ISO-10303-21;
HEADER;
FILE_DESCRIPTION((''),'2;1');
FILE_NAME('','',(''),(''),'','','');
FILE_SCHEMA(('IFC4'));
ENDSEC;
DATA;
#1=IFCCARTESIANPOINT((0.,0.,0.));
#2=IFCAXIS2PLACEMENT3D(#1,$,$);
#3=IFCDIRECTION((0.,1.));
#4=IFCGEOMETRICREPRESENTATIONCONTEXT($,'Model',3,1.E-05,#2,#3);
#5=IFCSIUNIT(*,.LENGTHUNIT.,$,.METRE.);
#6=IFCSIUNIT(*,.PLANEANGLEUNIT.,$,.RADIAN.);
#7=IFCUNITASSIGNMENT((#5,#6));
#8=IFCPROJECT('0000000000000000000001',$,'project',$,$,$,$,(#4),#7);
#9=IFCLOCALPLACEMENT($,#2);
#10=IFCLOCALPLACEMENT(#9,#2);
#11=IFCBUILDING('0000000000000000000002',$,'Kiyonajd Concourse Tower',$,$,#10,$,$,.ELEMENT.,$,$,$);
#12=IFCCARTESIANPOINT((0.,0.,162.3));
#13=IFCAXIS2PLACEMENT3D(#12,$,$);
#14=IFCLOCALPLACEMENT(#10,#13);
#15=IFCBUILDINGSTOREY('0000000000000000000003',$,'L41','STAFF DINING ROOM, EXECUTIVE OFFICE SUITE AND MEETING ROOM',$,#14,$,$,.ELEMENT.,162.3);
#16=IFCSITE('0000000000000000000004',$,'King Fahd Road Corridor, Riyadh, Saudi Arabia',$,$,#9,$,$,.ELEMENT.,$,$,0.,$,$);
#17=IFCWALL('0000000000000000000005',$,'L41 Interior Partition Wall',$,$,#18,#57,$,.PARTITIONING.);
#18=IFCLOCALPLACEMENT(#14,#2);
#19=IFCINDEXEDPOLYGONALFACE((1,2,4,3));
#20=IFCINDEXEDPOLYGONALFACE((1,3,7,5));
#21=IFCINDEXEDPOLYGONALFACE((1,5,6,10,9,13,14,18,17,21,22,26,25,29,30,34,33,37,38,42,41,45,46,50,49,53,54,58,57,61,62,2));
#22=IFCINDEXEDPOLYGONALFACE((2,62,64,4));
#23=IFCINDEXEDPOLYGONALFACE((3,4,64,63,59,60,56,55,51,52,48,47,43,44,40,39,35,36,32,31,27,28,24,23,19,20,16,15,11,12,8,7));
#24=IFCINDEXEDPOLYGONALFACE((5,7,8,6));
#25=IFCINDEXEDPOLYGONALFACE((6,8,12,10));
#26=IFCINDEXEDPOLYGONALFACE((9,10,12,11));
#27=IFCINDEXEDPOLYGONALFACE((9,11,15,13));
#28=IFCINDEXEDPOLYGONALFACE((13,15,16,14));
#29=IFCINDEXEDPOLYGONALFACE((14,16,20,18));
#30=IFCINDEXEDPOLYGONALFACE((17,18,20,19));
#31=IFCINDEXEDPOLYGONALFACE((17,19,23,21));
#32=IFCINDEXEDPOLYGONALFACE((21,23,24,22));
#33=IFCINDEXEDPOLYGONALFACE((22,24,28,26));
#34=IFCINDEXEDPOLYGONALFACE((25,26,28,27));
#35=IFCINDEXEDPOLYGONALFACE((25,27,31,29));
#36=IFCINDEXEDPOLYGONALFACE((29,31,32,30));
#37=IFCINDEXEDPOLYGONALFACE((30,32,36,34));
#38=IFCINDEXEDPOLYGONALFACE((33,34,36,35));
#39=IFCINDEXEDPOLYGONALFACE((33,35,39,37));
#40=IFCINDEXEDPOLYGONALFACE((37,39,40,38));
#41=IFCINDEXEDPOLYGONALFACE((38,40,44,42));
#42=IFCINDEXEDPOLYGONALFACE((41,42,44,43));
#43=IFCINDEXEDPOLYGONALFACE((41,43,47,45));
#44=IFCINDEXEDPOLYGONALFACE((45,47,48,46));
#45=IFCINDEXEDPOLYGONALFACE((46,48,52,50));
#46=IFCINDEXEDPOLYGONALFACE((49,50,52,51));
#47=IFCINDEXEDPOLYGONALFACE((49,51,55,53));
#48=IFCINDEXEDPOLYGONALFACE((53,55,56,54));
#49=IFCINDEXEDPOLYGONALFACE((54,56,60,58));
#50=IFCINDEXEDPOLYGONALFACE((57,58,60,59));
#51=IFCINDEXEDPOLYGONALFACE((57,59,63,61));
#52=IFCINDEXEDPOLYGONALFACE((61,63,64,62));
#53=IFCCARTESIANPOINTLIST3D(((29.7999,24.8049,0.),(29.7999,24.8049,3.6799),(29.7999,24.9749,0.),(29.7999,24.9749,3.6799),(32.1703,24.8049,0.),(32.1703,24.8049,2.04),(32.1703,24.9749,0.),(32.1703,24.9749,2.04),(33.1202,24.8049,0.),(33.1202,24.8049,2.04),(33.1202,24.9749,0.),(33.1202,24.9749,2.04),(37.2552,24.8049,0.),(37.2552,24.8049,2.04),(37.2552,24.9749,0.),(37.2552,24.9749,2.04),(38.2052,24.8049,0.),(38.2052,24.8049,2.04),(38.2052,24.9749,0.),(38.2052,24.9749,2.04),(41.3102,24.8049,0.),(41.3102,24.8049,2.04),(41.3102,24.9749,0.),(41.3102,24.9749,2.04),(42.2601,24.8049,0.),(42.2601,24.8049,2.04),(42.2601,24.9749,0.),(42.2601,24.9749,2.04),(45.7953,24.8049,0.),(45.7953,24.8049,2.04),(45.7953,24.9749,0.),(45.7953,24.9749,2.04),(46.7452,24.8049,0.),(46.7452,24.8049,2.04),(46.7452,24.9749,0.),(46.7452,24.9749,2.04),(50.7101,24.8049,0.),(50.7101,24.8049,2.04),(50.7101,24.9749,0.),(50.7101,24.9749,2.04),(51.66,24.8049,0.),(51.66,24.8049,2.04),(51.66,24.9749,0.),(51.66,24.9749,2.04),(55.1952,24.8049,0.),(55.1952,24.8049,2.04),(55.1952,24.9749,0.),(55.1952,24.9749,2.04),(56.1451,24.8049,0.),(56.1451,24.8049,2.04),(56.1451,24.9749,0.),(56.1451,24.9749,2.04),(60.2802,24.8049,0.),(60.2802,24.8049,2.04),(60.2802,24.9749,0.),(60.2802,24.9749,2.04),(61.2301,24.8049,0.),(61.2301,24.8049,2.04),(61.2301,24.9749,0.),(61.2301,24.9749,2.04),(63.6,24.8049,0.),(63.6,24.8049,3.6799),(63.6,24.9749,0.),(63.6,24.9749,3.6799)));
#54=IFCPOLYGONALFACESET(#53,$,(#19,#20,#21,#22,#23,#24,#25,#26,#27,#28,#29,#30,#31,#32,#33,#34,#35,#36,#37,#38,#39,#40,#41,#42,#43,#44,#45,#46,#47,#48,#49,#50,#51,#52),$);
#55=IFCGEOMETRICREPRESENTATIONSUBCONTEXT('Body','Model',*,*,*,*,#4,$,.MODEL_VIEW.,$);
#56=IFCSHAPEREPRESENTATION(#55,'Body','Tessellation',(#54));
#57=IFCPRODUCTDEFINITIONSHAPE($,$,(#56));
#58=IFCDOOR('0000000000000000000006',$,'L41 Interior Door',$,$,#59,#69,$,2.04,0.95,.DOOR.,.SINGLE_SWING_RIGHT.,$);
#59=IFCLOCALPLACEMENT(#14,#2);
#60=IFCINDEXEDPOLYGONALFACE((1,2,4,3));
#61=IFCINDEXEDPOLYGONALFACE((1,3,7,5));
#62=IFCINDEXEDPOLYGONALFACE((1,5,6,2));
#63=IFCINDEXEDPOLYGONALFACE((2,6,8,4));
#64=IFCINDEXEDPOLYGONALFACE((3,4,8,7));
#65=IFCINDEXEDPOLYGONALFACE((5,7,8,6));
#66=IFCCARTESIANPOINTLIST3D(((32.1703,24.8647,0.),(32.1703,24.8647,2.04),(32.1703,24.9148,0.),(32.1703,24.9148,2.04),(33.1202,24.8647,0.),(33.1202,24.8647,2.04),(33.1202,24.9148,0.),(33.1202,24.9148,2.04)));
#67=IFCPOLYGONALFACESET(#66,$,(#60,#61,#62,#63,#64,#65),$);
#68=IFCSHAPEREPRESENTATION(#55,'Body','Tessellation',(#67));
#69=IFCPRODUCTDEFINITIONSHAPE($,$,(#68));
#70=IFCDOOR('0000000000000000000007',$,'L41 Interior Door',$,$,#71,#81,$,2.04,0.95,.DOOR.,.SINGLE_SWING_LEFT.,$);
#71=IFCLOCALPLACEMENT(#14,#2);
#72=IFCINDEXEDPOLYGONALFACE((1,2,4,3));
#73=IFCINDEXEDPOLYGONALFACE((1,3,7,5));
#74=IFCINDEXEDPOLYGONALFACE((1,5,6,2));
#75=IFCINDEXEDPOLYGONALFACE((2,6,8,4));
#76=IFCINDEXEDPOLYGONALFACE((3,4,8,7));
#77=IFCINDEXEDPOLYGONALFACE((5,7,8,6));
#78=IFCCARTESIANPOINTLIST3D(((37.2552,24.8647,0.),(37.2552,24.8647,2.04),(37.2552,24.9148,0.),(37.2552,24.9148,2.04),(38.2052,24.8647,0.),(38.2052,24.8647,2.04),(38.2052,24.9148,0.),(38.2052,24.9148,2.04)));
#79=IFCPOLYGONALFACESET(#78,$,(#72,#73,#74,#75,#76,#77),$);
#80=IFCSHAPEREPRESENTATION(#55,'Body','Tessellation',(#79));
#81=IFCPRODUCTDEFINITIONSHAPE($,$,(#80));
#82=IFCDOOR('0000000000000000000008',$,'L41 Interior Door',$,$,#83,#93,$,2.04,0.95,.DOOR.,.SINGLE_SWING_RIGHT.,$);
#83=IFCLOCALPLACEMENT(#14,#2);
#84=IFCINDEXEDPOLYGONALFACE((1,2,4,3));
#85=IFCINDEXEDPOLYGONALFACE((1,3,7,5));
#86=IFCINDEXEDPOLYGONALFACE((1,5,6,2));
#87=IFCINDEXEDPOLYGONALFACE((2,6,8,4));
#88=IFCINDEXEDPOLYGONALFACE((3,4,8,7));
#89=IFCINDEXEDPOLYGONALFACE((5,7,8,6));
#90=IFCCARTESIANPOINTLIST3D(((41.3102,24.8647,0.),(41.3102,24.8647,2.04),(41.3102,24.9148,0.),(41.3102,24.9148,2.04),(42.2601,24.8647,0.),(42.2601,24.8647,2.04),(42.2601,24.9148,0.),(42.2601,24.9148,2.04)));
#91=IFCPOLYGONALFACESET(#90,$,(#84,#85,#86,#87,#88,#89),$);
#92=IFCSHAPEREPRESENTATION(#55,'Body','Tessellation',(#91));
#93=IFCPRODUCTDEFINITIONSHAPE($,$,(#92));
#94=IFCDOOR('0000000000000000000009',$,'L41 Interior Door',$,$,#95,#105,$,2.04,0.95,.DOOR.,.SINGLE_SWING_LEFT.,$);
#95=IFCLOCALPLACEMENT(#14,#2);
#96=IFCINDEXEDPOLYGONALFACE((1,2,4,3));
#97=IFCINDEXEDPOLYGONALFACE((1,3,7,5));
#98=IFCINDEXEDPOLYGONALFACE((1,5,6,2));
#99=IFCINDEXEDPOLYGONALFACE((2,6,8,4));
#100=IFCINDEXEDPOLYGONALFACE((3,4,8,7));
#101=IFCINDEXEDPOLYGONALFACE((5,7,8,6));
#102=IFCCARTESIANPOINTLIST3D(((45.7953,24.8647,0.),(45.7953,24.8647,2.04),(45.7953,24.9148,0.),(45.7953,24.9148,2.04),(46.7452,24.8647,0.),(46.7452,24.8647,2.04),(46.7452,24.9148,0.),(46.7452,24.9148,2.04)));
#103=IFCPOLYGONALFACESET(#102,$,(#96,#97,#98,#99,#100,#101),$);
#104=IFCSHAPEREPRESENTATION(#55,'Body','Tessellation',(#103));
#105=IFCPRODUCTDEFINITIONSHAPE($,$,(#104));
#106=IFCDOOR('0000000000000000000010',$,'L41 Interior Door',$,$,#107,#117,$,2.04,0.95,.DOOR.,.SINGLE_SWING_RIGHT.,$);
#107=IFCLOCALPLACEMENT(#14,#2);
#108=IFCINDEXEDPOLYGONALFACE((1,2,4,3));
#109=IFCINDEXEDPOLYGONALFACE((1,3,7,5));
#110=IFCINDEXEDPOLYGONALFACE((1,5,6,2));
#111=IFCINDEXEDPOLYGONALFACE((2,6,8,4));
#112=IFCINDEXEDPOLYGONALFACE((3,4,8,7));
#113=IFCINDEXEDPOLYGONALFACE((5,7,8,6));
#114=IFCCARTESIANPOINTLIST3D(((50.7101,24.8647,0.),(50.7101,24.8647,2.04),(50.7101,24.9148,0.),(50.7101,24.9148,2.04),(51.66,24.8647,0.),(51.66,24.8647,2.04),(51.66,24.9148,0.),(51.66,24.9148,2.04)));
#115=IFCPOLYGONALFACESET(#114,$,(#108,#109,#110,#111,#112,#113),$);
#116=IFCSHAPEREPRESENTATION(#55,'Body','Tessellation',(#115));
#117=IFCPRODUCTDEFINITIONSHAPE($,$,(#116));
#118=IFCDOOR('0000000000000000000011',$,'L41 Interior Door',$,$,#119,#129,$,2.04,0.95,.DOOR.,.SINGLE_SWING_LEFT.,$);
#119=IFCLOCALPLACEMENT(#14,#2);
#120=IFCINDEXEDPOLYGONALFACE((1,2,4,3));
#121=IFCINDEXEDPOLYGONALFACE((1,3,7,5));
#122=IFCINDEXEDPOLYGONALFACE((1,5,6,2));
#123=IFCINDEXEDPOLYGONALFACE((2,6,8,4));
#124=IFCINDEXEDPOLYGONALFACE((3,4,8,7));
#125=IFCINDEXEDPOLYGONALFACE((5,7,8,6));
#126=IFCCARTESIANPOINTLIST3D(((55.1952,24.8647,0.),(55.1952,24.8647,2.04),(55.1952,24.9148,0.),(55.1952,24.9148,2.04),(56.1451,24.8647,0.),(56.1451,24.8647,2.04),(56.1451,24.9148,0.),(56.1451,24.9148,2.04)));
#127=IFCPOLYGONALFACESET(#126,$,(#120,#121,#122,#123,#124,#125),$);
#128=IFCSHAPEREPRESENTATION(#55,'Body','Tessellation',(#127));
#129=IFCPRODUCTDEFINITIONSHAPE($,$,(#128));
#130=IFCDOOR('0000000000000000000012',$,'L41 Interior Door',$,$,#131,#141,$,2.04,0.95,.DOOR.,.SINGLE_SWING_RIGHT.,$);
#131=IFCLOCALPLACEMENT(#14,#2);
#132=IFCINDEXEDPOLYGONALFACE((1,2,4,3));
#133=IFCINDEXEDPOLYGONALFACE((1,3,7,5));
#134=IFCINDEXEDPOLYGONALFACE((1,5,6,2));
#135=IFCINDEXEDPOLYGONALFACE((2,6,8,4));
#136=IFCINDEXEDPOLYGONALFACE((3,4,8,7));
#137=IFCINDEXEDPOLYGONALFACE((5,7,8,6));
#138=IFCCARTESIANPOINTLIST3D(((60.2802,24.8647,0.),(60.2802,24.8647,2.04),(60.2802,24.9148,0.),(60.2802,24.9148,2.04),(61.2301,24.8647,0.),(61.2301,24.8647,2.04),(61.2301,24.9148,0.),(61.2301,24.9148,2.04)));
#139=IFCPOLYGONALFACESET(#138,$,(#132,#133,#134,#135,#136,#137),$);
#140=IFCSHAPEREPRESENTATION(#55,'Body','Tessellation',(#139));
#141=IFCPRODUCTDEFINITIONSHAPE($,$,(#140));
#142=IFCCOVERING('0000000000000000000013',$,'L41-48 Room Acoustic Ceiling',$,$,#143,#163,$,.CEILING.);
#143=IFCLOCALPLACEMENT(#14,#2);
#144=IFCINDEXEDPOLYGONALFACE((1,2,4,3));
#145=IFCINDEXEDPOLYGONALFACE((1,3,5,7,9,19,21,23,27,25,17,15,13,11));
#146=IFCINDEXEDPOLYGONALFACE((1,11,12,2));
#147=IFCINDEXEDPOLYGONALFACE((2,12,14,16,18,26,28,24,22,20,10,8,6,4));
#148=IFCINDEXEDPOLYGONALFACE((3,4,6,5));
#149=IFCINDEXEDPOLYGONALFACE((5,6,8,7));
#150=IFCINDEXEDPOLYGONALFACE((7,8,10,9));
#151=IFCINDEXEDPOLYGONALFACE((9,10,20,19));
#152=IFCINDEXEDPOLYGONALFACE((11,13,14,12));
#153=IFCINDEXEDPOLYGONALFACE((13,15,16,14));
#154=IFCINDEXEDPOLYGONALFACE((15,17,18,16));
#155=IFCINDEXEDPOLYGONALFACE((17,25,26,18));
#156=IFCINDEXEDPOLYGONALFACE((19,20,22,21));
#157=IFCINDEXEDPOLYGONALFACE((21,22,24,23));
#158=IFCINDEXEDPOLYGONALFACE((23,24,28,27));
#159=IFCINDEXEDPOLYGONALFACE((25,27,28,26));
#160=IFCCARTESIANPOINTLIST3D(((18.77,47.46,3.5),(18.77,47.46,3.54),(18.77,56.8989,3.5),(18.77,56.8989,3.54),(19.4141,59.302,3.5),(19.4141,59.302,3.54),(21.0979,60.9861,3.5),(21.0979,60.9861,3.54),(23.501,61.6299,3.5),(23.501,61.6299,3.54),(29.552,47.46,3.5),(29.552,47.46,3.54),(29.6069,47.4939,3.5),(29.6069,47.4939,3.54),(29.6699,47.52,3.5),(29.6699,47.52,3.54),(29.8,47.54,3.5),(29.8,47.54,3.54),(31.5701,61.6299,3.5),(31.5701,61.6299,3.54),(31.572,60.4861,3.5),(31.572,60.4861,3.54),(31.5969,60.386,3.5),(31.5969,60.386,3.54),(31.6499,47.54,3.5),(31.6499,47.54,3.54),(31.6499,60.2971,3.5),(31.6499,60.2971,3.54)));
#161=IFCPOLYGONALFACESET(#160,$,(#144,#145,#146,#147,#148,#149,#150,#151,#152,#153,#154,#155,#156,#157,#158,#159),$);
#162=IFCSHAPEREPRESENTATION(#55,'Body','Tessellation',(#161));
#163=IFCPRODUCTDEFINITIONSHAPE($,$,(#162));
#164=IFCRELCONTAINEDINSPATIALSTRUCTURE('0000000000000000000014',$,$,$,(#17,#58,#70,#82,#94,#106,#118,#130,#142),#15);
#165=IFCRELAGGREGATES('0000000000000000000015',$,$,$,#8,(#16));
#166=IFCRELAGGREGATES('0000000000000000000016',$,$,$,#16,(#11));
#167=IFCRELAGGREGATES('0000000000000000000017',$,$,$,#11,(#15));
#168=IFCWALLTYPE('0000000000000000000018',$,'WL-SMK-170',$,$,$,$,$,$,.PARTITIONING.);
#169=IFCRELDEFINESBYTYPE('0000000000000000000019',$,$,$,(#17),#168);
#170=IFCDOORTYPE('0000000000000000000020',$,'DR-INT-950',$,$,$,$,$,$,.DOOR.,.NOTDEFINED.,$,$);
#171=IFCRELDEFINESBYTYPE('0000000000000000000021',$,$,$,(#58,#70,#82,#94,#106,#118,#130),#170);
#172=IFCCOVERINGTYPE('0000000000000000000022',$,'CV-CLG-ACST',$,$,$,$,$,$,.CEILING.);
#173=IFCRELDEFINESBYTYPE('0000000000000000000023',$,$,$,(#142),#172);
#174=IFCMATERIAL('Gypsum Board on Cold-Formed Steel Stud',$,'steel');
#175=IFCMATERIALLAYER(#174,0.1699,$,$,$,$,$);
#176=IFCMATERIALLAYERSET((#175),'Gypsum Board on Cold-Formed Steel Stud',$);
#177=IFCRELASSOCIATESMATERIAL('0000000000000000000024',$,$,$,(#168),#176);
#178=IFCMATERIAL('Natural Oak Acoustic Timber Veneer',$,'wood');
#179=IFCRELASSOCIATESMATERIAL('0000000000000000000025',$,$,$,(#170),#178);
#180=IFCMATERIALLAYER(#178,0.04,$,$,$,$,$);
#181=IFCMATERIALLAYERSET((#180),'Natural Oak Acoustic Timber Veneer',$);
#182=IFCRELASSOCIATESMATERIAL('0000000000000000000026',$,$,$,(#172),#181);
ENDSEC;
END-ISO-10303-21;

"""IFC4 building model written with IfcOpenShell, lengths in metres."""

from ifc_helpers import new_model, si_unit, direction, frame, frame_2d, origin, place, context, subcontext, project, spatial, polyline, rectangle, outline, extrude, material, layer, layer_set, type_object, element, fill, save


model = new_model("IFC4")

# Units and contexts
model_context = context("Model", 3, precision=1e-05, world=origin(), true_north=direction((0.0, 1.0)))
body_context = subcontext(model_context, "Body", "Model", "MODEL_VIEW")
ifc_project = project(units=[si_unit("LENGTHUNIT", "METRE"), si_unit("PLANEANGLEUNIT", "RADIAN")], contexts=[model_context])

# Site, building, storey
site_placement = place(None, origin())
site = spatial("IfcSite", under=ifc_project, at=site_placement, Name="King Fahd Road Corridor, Riyadh, Saudi Arabia", CompositionType="ELEMENT", RefElevation=0.0)
building_placement = place(site_placement, origin())
building = spatial("IfcBuilding", under=site, at=building_placement, Name="Kiyonajd Concourse Tower", CompositionType="ELEMENT")
storey_placement = place(building_placement, frame((0.0, 0.0, 162.3)))
storey = spatial("IfcBuildingStorey", under=building, at=storey_placement, Name="L41", Description="STAFF DINING ROOM, EXECUTIVE OFFICE SUITE AND MEETING ROOM", CompositionType="ELEMENT", Elevation=162.3)

# Wall, openings, doors
ifc_material_1 = material(Name="Gypsum Board on Cold-Formed Steel Stud", Category="steel")
ifc_layer_1 = layer(ifc_material_1, 0.1699)
ifc_layer_set_1 = layer_set([ifc_layer_1], Name="Gypsum Board on Cold-Formed Steel Stud")
wall_type_1 = type_object("IfcWallType", Name="WL-SMK-170", PredefinedType="PARTITIONING", material=ifc_layer_set_1)
wall_1_placement = place(storey_placement, frame((29.8, 24.8899, 0.0), z_axis=(0.0, 0.0, 1.0), x_axis=(1.0, 0.0, 0.0)))
wall_1 = element("IfcWall", 1, at=wall_1_placement, inside=storey, type_object=wall_type_1, Name="L41 Interior Partition Wall", PredefinedType="PARTITIONING", context=body_context, shape_type="SweptSolid", body=[
    extrude(rectangle(XDim=33.8, YDim=0.1699, at=frame_2d((16.8999, 0.0))), origin(), (0.0, 0.0, 1.0), 3.6799),
])
opening_1_placement = place(wall_1_placement, frame((2.3701, 0.0, 0.0)))
opening_1 = element("IfcOpeningElement", 2, at=opening_1_placement, cuts=wall_1, PredefinedType="OPENING", context=body_context, shape_type="SweptSolid", body=[
    extrude(rectangle(XDim=0.95, YDim=2.04, at=frame_2d((0.4751, 1.02))), frame((0.0, 0.095, 0.0), z_axis=(0.0, -1.0, 0.0), x_axis=(1.0, 0.0, 0.0)), (0.0, 0.0, 1.0), 0.1899),
])
opening_2_placement = place(wall_1_placement, frame((7.4551, 0.0, 0.0)))
opening_2 = element("IfcOpeningElement", 3, at=opening_2_placement, cuts=wall_1, PredefinedType="OPENING", context=body_context, shape_type="SweptSolid", body=[
    extrude(rectangle(XDim=0.95, YDim=2.04, at=frame_2d((0.4751, 1.02))), frame((0.0, 0.095, 0.0), z_axis=(0.0, -1.0, 0.0), x_axis=(1.0, 0.0, 0.0)), (0.0, 0.0, 1.0), 0.1899),
])
opening_3_placement = place(wall_1_placement, frame((11.51, 0.0, 0.0)))
opening_3 = element("IfcOpeningElement", 4, at=opening_3_placement, cuts=wall_1, PredefinedType="OPENING", context=body_context, shape_type="SweptSolid", body=[
    extrude(rectangle(XDim=0.95, YDim=2.04, at=frame_2d((0.4751, 1.02))), frame((0.0, 0.095, 0.0), z_axis=(0.0, -1.0, 0.0), x_axis=(1.0, 0.0, 0.0)), (0.0, 0.0, 1.0), 0.1899),
])
opening_4_placement = place(wall_1_placement, frame((15.9951, 0.0, 0.0)))
opening_4 = element("IfcOpeningElement", 5, at=opening_4_placement, cuts=wall_1, PredefinedType="OPENING", context=body_context, shape_type="SweptSolid", body=[
    extrude(rectangle(XDim=0.95, YDim=2.04, at=frame_2d((0.4751, 1.02))), frame((0.0, 0.095, 0.0), z_axis=(0.0, -1.0, 0.0), x_axis=(1.0, 0.0, 0.0)), (0.0, 0.0, 1.0), 0.1899),
])
opening_5_placement = place(wall_1_placement, frame((20.9099, 0.0, 0.0)))
opening_5 = element("IfcOpeningElement", 6, at=opening_5_placement, cuts=wall_1, PredefinedType="OPENING", context=body_context, shape_type="SweptSolid", body=[
    extrude(rectangle(XDim=0.95, YDim=2.04, at=frame_2d((0.4751, 1.02))), frame((0.0, 0.095, 0.0), z_axis=(0.0, -1.0, 0.0), x_axis=(1.0, 0.0, 0.0)), (0.0, 0.0, 1.0), 0.1899),
])
opening_6_placement = place(wall_1_placement, frame((25.395, 0.0, 0.0)))
opening_6 = element("IfcOpeningElement", 7, at=opening_6_placement, cuts=wall_1, PredefinedType="OPENING", context=body_context, shape_type="SweptSolid", body=[
    extrude(rectangle(XDim=0.95, YDim=2.04, at=frame_2d((0.4751, 1.02))), frame((0.0, 0.095, 0.0), z_axis=(0.0, -1.0, 0.0), x_axis=(1.0, 0.0, 0.0)), (0.0, 0.0, 1.0), 0.1899),
])
opening_7_placement = place(wall_1_placement, frame((30.48, 0.0, 0.0)))
opening_7 = element("IfcOpeningElement", 8, at=opening_7_placement, cuts=wall_1, PredefinedType="OPENING", context=body_context, shape_type="SweptSolid", body=[
    extrude(rectangle(XDim=0.95, YDim=2.04, at=frame_2d((0.4751, 1.02))), frame((0.0, 0.095, 0.0), z_axis=(0.0, -1.0, 0.0), x_axis=(1.0, 0.0, 0.0)), (0.0, 0.0, 1.0), 0.1899),
])
ifc_material_2 = material(Name="Natural Oak Acoustic Timber Veneer", Category="wood")
door_type = type_object("IfcDoorType", Name="DR-INT-950", OperationType="NOTDEFINED", PredefinedType="DOOR", material=ifc_material_2)
door_1_placement = place(opening_1_placement, origin())
door_1 = element("IfcDoor", 9, at=door_1_placement, inside=storey, type_object=door_type, Name="L41 Interior Door", OperationType="SINGLE_SWING_RIGHT", OverallHeight=2.04, OverallWidth=0.95, PredefinedType="DOOR", context=body_context, shape_type="SweptSolid", body=[
    extrude(rectangle(XDim=0.95, YDim=2.04, at=frame_2d((0.4751, 1.02))), frame((0.0, 0.0249, 0.0), z_axis=(0.0, -1.0, 0.0), x_axis=(1.0, 0.0, 0.0)), (0.0, 0.0, 1.0), 0.05),
])
fill(opening_1, door_1)
door_2_placement = place(opening_2_placement, origin())
door_2 = element("IfcDoor", 10, at=door_2_placement, inside=storey, type_object=door_type, Name="L41 Interior Door", OperationType="SINGLE_SWING_LEFT", OverallHeight=2.04, OverallWidth=0.95, PredefinedType="DOOR", context=body_context, shape_type="SweptSolid", body=[
    extrude(rectangle(XDim=0.95, YDim=2.04, at=frame_2d((0.4751, 1.02))), frame((0.0, 0.0249, 0.0), z_axis=(0.0, -1.0, 0.0), x_axis=(1.0, 0.0, 0.0)), (0.0, 0.0, 1.0), 0.05),
])
fill(opening_2, door_2)
door_3_placement = place(opening_3_placement, origin())
door_3 = element("IfcDoor", 11, at=door_3_placement, inside=storey, type_object=door_type, Name="L41 Interior Door", OperationType="SINGLE_SWING_RIGHT", OverallHeight=2.04, OverallWidth=0.95, PredefinedType="DOOR", context=body_context, shape_type="SweptSolid", body=[
    extrude(rectangle(XDim=0.95, YDim=2.04, at=frame_2d((0.4751, 1.02))), frame((0.0, 0.0249, 0.0), z_axis=(0.0, -1.0, 0.0), x_axis=(1.0, 0.0, 0.0)), (0.0, 0.0, 1.0), 0.05),
])
fill(opening_3, door_3)
door_4_placement = place(opening_4_placement, origin())
door_4 = element("IfcDoor", 12, at=door_4_placement, inside=storey, type_object=door_type, Name="L41 Interior Door", OperationType="SINGLE_SWING_LEFT", OverallHeight=2.04, OverallWidth=0.95, PredefinedType="DOOR", context=body_context, shape_type="SweptSolid", body=[
    extrude(rectangle(XDim=0.95, YDim=2.04, at=frame_2d((0.4751, 1.02))), frame((0.0, 0.0249, 0.0), z_axis=(0.0, -1.0, 0.0), x_axis=(1.0, 0.0, 0.0)), (0.0, 0.0, 1.0), 0.05),
])
fill(opening_4, door_4)
door_5_placement = place(opening_5_placement, origin())
door_5 = element("IfcDoor", 13, at=door_5_placement, inside=storey, type_object=door_type, Name="L41 Interior Door", OperationType="SINGLE_SWING_RIGHT", OverallHeight=2.04, OverallWidth=0.95, PredefinedType="DOOR", context=body_context, shape_type="SweptSolid", body=[
    extrude(rectangle(XDim=0.95, YDim=2.04, at=frame_2d((0.4751, 1.02))), frame((0.0, 0.0249, 0.0), z_axis=(0.0, -1.0, 0.0), x_axis=(1.0, 0.0, 0.0)), (0.0, 0.0, 1.0), 0.05),
])
fill(opening_5, door_5)
door_6_placement = place(opening_6_placement, origin())
door_6 = element("IfcDoor", 14, at=door_6_placement, inside=storey, type_object=door_type, Name="L41 Interior Door", OperationType="SINGLE_SWING_LEFT", OverallHeight=2.04, OverallWidth=0.95, PredefinedType="DOOR", context=body_context, shape_type="SweptSolid", body=[
    extrude(rectangle(XDim=0.95, YDim=2.04, at=frame_2d((0.4751, 1.02))), frame((0.0, 0.0249, 0.0), z_axis=(0.0, -1.0, 0.0), x_axis=(1.0, 0.0, 0.0)), (0.0, 0.0, 1.0), 0.05),
])
fill(opening_6, door_6)
door_7_placement = place(opening_7_placement, origin())
door_7 = element("IfcDoor", 15, at=door_7_placement, inside=storey, type_object=door_type, Name="L41 Interior Door", OperationType="SINGLE_SWING_RIGHT", OverallHeight=2.04, OverallWidth=0.95, PredefinedType="DOOR", context=body_context, shape_type="SweptSolid", body=[
    extrude(rectangle(XDim=0.95, YDim=2.04, at=frame_2d((0.4751, 1.02))), frame((0.0, 0.0249, 0.0), z_axis=(0.0, -1.0, 0.0), x_axis=(1.0, 0.0, 0.0)), (0.0, 0.0, 1.0), 0.05),
])
fill(opening_7, door_7)

# Covering
ifc_layer_2 = layer(ifc_material_2, 0.04)
ifc_layer_set_2 = layer_set([ifc_layer_2], Name="Natural Oak Acoustic Timber Veneer")
covering_type = type_object("IfcCoveringType", Name="CV-CLG-ACST", PredefinedType="CEILING", material=ifc_layer_set_2)
covering_1_placement = place(storey_placement, frame((0.0, 0.0, 3.5)))
element("IfcCovering", 16, at=covering_1_placement, inside=storey, type_object=covering_type, Name="L41-48 Room Acoustic Ceiling", PredefinedType="CEILING", context=body_context, shape_type="SweptSolid", body=[
    extrude(outline(polyline([(21.0979, 60.9861), (23.501, 61.6299), (31.5701, 61.6299), (31.572, 60.4861), (31.5969, 60.386), (31.6499, 60.2971), (31.6499, 47.54), (29.8, 47.54), (29.6699, 47.52), (29.6069, 47.4939), (29.552, 47.46), (18.77, 47.46), (18.77, 56.8989), (19.4141, 59.302), (21.0979, 60.9861)])), origin(), (0.0, 0.0, 1.0), 0.04),
])

save(model, "model.ifc")
